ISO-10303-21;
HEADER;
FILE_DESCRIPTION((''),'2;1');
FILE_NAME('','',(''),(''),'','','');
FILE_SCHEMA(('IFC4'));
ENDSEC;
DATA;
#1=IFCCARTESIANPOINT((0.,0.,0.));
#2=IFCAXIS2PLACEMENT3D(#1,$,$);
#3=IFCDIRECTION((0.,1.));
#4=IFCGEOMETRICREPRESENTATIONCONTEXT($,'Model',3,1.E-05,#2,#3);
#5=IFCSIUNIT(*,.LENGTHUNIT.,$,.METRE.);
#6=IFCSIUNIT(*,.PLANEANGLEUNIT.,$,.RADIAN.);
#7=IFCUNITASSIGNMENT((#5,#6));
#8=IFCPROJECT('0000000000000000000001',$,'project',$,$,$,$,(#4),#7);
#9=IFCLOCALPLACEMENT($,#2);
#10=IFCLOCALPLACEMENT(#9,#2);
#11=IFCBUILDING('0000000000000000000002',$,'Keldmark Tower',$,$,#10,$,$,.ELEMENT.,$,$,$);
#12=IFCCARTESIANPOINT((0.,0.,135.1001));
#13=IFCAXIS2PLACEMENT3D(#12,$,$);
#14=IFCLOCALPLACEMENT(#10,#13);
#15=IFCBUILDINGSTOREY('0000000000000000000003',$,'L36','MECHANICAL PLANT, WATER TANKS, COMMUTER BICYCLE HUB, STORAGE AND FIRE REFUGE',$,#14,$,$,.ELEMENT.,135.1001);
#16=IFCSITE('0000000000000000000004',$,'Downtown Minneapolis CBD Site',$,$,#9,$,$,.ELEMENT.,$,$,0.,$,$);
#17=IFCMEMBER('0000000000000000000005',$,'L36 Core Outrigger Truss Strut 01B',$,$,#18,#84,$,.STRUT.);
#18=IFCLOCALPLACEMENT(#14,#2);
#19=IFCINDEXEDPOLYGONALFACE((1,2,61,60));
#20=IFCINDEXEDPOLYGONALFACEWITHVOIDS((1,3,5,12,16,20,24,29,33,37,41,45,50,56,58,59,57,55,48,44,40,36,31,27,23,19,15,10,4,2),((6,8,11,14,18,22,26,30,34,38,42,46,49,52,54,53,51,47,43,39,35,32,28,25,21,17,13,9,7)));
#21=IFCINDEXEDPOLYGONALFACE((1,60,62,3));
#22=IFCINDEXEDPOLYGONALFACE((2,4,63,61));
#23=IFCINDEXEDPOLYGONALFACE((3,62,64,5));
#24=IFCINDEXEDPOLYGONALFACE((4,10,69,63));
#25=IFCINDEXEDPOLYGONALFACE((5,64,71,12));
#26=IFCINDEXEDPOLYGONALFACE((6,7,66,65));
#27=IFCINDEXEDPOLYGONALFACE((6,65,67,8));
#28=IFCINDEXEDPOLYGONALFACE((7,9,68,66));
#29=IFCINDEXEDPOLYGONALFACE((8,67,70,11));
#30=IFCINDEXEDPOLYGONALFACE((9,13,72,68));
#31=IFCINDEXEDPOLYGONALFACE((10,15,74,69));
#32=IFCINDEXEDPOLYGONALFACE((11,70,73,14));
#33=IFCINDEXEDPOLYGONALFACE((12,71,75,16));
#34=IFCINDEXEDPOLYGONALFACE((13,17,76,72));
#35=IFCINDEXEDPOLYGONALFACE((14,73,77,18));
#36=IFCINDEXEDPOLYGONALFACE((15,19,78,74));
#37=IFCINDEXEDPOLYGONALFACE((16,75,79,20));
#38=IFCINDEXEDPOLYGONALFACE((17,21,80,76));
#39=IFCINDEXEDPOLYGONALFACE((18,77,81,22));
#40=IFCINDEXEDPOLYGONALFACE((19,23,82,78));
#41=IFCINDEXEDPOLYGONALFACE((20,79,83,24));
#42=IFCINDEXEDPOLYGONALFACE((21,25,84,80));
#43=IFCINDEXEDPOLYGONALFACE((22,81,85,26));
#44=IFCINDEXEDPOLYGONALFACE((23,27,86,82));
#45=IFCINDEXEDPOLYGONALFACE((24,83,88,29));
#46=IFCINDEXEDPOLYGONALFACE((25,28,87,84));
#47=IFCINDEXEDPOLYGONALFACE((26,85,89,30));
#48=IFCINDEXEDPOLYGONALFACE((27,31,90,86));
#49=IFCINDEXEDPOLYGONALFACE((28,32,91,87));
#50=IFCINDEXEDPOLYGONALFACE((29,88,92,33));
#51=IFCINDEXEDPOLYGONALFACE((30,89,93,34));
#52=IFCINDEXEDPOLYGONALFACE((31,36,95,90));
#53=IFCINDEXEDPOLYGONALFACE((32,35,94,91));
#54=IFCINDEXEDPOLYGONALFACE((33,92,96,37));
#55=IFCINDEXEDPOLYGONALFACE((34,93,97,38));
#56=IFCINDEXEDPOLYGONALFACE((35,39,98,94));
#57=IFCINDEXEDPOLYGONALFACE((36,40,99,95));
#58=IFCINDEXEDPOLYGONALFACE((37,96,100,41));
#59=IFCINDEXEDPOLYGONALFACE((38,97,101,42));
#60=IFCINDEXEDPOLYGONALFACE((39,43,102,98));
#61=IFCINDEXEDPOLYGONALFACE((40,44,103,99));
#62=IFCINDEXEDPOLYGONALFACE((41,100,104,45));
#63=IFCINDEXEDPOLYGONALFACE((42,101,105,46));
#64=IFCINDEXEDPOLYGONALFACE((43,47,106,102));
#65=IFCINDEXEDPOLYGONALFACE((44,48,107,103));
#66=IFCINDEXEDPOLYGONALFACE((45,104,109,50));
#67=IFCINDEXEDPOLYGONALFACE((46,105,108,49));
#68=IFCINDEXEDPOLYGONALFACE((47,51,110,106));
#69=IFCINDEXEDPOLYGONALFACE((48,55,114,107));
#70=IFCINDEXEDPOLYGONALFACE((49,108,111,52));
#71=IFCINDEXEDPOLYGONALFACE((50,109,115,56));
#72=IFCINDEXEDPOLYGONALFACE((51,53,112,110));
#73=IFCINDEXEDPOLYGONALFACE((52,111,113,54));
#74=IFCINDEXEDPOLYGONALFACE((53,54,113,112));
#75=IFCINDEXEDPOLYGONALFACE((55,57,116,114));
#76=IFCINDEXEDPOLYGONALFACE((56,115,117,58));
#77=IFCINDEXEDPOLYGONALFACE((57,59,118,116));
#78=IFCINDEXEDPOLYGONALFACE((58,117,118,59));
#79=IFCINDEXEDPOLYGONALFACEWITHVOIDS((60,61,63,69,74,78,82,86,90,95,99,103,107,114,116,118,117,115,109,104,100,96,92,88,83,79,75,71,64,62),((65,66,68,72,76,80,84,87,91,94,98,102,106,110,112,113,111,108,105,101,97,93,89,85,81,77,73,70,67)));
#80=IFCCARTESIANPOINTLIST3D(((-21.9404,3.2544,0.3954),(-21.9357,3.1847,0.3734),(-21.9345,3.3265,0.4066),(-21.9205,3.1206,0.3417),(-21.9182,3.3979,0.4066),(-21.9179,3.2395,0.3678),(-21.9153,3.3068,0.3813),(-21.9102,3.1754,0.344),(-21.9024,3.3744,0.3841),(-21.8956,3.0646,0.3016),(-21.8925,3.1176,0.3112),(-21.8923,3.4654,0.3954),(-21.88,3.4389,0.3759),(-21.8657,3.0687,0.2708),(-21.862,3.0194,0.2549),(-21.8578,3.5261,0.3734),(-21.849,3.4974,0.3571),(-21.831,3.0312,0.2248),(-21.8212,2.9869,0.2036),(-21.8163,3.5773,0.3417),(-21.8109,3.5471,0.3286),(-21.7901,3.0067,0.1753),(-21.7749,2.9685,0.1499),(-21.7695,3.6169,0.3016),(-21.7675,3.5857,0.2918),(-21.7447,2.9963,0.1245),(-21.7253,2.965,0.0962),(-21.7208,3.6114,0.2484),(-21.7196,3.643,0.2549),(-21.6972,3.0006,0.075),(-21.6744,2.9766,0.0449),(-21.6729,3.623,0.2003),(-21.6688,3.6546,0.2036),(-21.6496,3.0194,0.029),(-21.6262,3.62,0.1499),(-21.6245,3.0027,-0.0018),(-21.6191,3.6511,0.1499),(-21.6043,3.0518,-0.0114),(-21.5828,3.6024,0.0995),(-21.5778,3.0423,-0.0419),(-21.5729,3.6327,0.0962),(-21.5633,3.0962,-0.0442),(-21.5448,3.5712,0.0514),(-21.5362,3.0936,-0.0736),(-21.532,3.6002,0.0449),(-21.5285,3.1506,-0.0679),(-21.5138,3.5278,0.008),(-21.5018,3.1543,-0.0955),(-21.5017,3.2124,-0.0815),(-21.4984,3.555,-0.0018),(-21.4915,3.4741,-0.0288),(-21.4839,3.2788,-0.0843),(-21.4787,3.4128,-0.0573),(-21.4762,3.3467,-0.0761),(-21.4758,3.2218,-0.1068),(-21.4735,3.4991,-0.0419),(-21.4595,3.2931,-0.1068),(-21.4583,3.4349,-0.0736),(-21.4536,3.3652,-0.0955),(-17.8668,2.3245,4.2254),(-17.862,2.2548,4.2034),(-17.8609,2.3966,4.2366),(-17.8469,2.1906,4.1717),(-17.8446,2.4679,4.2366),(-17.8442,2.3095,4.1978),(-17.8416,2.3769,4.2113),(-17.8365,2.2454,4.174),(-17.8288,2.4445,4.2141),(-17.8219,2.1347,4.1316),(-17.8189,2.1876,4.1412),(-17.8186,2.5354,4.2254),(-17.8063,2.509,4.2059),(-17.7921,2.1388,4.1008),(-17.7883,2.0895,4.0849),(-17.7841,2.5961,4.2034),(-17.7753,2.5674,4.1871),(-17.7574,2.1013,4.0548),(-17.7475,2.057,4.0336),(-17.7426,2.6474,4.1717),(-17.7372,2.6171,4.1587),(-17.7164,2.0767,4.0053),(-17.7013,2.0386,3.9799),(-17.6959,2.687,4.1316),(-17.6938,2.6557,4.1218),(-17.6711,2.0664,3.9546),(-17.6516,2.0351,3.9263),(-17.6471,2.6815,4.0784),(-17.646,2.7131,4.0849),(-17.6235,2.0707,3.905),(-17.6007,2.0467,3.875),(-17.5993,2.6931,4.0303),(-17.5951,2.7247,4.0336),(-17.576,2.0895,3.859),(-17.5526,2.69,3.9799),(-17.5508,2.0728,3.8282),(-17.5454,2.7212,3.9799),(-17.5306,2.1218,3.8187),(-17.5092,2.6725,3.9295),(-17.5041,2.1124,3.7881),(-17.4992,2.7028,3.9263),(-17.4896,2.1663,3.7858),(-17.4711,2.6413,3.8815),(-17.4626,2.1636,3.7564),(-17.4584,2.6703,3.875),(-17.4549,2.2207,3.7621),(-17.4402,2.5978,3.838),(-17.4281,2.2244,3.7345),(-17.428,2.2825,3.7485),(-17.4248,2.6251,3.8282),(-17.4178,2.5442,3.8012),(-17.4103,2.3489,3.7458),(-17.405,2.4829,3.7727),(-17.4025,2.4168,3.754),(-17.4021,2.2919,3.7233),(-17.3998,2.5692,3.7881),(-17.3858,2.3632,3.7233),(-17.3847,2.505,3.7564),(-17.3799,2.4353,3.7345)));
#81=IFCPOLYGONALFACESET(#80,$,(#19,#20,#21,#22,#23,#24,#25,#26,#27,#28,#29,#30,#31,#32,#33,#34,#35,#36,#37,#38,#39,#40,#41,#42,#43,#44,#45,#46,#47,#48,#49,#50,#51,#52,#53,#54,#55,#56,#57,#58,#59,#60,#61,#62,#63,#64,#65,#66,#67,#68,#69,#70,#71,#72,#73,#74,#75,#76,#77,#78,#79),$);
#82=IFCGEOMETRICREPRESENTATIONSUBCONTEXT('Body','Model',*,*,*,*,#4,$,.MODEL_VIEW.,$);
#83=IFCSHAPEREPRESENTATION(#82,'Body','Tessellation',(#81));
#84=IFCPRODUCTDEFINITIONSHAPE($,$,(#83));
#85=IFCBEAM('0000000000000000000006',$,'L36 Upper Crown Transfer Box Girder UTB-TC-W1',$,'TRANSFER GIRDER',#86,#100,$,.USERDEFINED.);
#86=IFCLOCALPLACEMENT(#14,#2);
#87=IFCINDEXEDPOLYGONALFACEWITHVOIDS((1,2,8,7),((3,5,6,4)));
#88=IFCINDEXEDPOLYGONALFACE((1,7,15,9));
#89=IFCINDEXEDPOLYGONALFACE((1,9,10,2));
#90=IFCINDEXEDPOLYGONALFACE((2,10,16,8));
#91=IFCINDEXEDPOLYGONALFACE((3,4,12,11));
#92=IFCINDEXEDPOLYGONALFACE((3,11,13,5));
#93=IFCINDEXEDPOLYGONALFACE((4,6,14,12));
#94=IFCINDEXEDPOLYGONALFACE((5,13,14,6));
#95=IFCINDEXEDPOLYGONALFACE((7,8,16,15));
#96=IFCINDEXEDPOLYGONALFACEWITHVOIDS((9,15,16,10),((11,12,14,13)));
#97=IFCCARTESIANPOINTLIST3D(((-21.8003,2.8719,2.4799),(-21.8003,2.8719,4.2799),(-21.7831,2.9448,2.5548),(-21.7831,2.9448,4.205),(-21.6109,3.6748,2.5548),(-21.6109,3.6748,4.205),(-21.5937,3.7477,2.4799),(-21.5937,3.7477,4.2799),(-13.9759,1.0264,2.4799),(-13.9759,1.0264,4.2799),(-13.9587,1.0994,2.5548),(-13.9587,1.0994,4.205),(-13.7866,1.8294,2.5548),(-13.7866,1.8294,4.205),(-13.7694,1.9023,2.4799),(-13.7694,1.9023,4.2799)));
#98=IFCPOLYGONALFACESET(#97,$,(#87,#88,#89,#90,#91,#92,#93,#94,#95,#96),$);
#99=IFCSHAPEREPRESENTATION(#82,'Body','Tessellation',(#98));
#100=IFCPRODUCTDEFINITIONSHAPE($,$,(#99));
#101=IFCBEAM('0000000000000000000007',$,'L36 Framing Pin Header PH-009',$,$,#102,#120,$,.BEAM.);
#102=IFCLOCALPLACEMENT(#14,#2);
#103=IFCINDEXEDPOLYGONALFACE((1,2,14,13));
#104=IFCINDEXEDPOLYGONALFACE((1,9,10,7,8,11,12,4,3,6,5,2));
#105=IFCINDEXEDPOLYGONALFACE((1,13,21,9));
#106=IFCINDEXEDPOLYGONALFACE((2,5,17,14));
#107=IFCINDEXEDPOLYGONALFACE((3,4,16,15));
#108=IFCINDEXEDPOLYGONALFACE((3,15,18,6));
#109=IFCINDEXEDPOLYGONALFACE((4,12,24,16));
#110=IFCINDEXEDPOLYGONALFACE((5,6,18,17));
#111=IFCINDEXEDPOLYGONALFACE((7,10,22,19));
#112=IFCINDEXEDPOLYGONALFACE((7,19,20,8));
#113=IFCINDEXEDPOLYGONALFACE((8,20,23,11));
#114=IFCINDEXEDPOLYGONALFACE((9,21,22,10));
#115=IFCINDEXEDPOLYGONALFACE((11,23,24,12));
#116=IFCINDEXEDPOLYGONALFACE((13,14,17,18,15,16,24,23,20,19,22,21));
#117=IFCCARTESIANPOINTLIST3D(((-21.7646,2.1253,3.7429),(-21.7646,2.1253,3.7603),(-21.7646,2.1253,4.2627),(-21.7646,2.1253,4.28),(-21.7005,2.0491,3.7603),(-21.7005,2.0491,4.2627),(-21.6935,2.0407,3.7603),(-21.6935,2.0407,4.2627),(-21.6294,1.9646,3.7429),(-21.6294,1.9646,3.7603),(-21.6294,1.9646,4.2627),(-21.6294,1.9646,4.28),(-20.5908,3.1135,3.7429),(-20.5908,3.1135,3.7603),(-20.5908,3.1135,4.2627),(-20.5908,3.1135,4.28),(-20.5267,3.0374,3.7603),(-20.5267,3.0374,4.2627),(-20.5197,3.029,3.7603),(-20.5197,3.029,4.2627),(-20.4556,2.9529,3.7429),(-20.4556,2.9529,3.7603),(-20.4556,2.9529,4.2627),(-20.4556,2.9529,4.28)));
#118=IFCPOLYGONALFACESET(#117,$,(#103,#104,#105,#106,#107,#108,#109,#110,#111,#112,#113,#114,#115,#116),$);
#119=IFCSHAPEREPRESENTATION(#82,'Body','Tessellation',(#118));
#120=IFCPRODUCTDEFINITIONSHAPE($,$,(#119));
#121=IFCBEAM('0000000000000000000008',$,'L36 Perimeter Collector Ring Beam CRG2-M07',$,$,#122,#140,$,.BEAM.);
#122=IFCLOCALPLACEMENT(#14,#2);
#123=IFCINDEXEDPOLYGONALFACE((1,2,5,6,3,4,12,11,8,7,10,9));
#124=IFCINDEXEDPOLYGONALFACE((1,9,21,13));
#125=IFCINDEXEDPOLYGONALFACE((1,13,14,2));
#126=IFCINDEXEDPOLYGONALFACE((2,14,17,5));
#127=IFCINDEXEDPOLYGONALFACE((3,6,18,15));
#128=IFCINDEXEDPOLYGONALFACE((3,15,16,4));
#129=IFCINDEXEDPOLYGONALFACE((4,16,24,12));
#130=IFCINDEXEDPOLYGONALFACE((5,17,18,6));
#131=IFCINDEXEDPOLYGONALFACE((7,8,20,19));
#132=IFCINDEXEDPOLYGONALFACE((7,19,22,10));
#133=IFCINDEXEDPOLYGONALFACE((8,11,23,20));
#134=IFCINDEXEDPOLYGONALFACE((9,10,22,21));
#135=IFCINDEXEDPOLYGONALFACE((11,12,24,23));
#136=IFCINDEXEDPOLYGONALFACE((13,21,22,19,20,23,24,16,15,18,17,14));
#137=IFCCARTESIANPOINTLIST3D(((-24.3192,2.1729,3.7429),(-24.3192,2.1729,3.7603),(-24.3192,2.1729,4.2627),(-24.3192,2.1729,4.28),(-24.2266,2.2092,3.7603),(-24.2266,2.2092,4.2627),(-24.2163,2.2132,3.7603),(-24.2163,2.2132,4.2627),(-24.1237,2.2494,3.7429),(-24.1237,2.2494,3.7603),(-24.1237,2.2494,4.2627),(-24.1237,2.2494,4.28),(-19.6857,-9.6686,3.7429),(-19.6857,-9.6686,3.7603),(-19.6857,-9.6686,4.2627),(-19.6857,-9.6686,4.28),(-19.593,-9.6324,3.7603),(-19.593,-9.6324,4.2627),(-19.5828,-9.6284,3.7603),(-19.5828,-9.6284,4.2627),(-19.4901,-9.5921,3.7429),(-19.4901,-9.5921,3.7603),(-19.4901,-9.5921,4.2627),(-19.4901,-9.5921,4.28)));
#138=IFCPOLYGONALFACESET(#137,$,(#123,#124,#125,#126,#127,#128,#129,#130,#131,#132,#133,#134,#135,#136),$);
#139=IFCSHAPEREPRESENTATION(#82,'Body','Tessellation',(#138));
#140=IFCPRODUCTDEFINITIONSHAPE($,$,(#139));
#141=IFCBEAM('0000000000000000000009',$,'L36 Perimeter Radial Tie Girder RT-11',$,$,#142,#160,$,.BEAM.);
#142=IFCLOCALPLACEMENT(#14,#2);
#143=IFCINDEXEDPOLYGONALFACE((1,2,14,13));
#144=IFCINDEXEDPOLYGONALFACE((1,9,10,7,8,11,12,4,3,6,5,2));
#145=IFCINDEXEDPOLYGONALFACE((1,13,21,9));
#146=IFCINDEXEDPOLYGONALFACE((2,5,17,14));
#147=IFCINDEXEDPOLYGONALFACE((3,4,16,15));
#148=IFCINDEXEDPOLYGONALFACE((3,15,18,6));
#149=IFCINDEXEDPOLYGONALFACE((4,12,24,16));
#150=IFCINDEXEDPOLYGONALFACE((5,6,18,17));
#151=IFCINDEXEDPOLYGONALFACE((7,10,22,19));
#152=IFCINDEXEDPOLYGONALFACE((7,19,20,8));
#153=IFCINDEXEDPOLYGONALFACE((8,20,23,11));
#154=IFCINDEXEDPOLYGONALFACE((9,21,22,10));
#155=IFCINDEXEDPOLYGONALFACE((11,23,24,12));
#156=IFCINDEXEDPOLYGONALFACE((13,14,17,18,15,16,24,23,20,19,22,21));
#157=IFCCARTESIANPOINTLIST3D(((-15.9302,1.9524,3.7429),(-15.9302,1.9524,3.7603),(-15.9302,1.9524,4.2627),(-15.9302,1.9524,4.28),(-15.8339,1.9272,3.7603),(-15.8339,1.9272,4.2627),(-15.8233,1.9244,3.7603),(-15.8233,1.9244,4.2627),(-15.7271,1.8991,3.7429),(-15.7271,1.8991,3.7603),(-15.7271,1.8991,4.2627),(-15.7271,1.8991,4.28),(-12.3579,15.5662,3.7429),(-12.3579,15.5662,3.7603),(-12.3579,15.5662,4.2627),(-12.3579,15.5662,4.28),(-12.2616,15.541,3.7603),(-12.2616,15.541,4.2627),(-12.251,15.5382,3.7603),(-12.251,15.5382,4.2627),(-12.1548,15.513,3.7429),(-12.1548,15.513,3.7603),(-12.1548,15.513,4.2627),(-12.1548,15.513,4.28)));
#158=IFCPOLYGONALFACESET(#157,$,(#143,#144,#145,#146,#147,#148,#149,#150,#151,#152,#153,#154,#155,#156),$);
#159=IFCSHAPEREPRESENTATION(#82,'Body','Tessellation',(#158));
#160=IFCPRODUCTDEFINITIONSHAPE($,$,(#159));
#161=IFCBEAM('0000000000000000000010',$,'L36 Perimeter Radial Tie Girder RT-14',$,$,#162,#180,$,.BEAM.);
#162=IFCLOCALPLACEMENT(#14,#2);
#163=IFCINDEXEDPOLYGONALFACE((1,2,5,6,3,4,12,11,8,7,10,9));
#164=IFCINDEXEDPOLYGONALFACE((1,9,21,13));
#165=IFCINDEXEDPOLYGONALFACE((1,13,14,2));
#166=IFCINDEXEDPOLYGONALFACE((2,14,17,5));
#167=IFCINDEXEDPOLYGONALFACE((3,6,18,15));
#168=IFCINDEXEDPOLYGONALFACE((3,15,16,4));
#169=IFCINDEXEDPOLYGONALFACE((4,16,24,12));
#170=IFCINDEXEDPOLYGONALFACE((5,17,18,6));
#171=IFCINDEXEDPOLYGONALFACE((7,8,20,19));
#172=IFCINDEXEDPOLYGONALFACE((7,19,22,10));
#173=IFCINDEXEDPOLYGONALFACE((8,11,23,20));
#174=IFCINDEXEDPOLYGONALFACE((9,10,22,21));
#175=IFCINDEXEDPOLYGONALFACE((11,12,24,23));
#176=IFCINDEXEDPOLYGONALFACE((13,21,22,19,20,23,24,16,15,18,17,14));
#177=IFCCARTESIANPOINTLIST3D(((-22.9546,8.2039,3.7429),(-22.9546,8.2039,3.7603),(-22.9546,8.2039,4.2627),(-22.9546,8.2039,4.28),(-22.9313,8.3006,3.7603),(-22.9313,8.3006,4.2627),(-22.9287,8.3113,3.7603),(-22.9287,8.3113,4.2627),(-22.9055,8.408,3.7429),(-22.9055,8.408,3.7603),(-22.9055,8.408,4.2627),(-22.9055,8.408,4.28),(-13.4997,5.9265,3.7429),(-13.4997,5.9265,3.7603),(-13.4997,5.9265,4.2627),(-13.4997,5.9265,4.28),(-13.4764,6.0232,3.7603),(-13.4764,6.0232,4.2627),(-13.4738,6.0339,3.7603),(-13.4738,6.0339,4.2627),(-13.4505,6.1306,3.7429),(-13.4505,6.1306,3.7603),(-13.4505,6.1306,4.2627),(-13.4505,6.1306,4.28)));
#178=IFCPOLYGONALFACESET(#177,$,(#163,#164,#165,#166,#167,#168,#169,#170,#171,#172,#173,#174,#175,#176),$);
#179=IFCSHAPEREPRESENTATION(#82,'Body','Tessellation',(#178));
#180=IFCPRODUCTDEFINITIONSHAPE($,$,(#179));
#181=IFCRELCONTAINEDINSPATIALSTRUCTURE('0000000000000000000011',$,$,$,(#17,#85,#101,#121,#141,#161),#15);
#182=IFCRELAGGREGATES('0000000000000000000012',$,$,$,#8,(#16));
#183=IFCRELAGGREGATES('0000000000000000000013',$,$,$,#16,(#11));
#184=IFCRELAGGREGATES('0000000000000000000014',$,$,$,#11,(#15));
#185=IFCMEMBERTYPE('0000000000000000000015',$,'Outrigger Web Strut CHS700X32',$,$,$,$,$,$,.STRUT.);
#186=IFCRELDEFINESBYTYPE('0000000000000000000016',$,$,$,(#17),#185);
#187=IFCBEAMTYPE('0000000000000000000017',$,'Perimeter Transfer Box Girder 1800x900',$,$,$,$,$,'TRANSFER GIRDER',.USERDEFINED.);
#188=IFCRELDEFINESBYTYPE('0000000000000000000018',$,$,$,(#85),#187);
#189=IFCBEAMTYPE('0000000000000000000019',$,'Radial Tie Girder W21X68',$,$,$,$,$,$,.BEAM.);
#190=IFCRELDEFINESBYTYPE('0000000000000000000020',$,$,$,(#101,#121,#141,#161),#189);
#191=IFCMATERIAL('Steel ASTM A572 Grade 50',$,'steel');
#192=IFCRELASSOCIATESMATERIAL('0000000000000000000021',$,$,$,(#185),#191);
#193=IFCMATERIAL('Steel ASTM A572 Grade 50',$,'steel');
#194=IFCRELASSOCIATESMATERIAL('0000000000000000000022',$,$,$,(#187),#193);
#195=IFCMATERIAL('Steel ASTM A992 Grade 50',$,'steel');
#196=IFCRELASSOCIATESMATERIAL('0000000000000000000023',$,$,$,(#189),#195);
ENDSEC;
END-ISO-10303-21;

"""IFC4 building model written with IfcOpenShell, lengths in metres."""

from ifc_helpers import new_model, si_unit, direction, frame, origin, origin_2d, place, context, subcontext, project, spatial, hollow_rectangle, hollow_circle, i_section, extrude, material, material_profile, profile_set, type_object, element, save


model = new_model("IFC4")

# Units and contexts
model_context = context("Model", 3, precision=1e-05, world=origin(), true_north=direction((0.0, 1.0)))
body_context = subcontext(model_context, "Body", "Model", "MODEL_VIEW")
ifc_project = project(units=[si_unit("LENGTHUNIT", "METRE"), si_unit("PLANEANGLEUNIT", "RADIAN")], contexts=[model_context])

# Site, building, storey
site_placement = place(None, origin())
site = spatial("IfcSite", under=ifc_project, at=site_placement, Name="Downtown Minneapolis CBD Site", CompositionType="ELEMENT", RefElevation=0.0)
building_placement = place(site_placement, origin())
building = spatial("IfcBuilding", under=site, at=building_placement, Name="Keldmark Tower", CompositionType="ELEMENT")
storey_placement = place(building_placement, frame((0.0, 0.0, 135.1001)))
storey = spatial("IfcBuildingStorey", under=building, at=storey_placement, Name="L36", Description="MECHANICAL PLANT, WATER TANKS, COMMUTER BICYCLE HUB, STORAGE AND FIRE REFUGE", CompositionType="ELEMENT", Elevation=135.1001)

# Member
ifc_material_1 = material(Name="Steel ASTM A572 Grade 50", Category="steel")
ifc_material_profile_1 = material_profile(ifc_material_1, hollow_circle(Radius=0.3501, WallThickness=0.032, at=origin_2d()), Name="CHS700X32")
ifc_profile_set_1 = profile_set([ifc_material_profile_1], Name="Steel ASTM A572 Grade 50")
member_type_1 = type_object("IfcMemberType", Name="Outrigger Web Strut CHS700X32", PredefinedType="STRUT", material=ifc_profile_set_1)
member_1_placement = place(storey_placement, frame((-21.697, 3.3098, 0.1499), z_axis=(0.718687, -0.164058, 0.675702), x_axis=(0.22255, 0.974921, 0.0)))
element("IfcMember", 1, at=member_1_placement, inside=storey, type_object=member_type_1, Name="L36 Core Outrigger Truss Strut 01B", PredefinedType="STRUT", context=body_context, shape_type="SweptSolid", body=[
    extrude(hollow_circle(Radius=0.3501, WallThickness=0.032, at=origin_2d()), origin(), (0.0, 0.0, 1.0), 5.6682),
])

# Beams
ifc_material_2 = material(Name="Steel ASTM A572 Grade 50", Category="steel")
ifc_material_profile_2 = material_profile(ifc_material_2, hollow_rectangle(XDim=0.8999, YDim=1.8, WallThickness=0.075, at=origin_2d()), Name="TBOX1800X900X75")
ifc_profile_set_2 = profile_set([ifc_material_profile_2], Name="Steel ASTM A572 Grade 50")
beam_type_1 = type_object("IfcBeamType", Name="Perimeter Transfer Box Girder 1800x900", ElementType="TRANSFER GIRDER", PredefinedType="USERDEFINED", material=ifc_profile_set_2)
beam_1_placement = place(storey_placement, frame((-21.697, 3.3098, 3.3799), z_axis=(0.973295, -0.229559, 0.0), x_axis=(0.229559, 0.973295, 0.0)))
element("IfcBeam", 2, at=beam_1_placement, inside=storey, type_object=beam_type_1, Name="L36 Upper Crown Transfer Box Girder UTB-TC-W1", ObjectType="TRANSFER GIRDER", PredefinedType="USERDEFINED", context=body_context, shape_type="SweptSolid", body=[
    extrude(hollow_rectangle(XDim=0.8999, YDim=1.8, WallThickness=0.075, at=origin_2d()), origin(), (0.0, 0.0, 1.0), 8.0391),
])
ifc_material_3 = material(Name="Steel ASTM A992 Grade 50", Category="steel")
ifc_material_profile_3 = material_profile(ifc_material_3, i_section(OverallWidth=0.21, OverallDepth=0.5371, WebThickness=0.011, FlangeThickness=0.0173, at=origin_2d()), Name="W21X68")
ifc_profile_set_3 = profile_set([ifc_material_profile_3], Name="Steel ASTM A992 Grade 50")
beam_type_2 = type_object("IfcBeamType", Name="Radial Tie Girder W21X68", PredefinedType="BEAM", material=ifc_profile_set_3)
beam_2_placement = place(storey_placement, frame((-20.5232, 3.0332, 4.0115), z_axis=(-0.764977, -0.644057, 0.0), x_axis=(0.644057, -0.764977, 0.0)))
element("IfcBeam", 3, at=beam_2_placement, inside=storey, type_object=beam_type_2, Name="L36 Framing Pin Header PH-009", PredefinedType="BEAM", context=body_context, shape_type="SweptSolid", body=[
    extrude(i_section(OverallWidth=0.21, OverallDepth=0.5371, WebThickness=0.011, FlangeThickness=0.0173, at=origin_2d()), origin(), (0.0, 0.0, 1.0), 1.5344),
])
beam_3_placement = place(storey_placement, frame((-24.2214, 2.2112, 4.0115), z_axis=(0.364392, -0.931246, 0.0), x_axis=(0.931246, 0.364392, 0.0)))
element("IfcBeam", 4, at=beam_3_placement, inside=storey, type_object=beam_type_2, Name="L36 Perimeter Collector Ring Beam CRG2-M07", PredefinedType="BEAM", context=body_context, shape_type="SweptSolid", body=[
    extrude(i_section(OverallWidth=0.21, OverallDepth=0.5371, WebThickness=0.011, FlangeThickness=0.0173, at=origin_2d()), origin(), (0.0, 0.0, 1.0), 12.7158),
])
beam_4_placement = place(storey_placement, frame((-15.8286, 1.9258, 4.0115), z_axis=(0.253808, 0.967254, 0.0), x_axis=(-0.967254, 0.253808, 0.0)))
element("IfcBeam", 5, at=beam_4_placement, inside=storey, type_object=beam_type_2, Name="L36 Perimeter Radial Tie Girder RT-11", PredefinedType="BEAM", context=body_context, shape_type="SweptSolid", body=[
    extrude(i_section(OverallWidth=0.21, OverallDepth=0.5371, WebThickness=0.011, FlangeThickness=0.0173, at=origin_2d()), origin(), (0.0, 0.0, 1.0), 14.0747),
])
beam_5_placement = place(storey_placement, frame((-13.4751, 6.0286, 4.0115), z_axis=(-0.972196, 0.234169, 0.0), x_axis=(-0.234169, -0.972196, 0.0)))
element("IfcBeam", 6, at=beam_5_placement, inside=storey, type_object=beam_type_2, Name="L36 Perimeter Radial Tie Girder RT-14", PredefinedType="BEAM", context=body_context, shape_type="SweptSolid", body=[
    extrude(i_section(OverallWidth=0.21, OverallDepth=0.5371, WebThickness=0.011, FlangeThickness=0.0173, at=origin_2d()), origin(), (0.0, 0.0, 1.0), 9.7253),
])

save(model, "model.ifc")
